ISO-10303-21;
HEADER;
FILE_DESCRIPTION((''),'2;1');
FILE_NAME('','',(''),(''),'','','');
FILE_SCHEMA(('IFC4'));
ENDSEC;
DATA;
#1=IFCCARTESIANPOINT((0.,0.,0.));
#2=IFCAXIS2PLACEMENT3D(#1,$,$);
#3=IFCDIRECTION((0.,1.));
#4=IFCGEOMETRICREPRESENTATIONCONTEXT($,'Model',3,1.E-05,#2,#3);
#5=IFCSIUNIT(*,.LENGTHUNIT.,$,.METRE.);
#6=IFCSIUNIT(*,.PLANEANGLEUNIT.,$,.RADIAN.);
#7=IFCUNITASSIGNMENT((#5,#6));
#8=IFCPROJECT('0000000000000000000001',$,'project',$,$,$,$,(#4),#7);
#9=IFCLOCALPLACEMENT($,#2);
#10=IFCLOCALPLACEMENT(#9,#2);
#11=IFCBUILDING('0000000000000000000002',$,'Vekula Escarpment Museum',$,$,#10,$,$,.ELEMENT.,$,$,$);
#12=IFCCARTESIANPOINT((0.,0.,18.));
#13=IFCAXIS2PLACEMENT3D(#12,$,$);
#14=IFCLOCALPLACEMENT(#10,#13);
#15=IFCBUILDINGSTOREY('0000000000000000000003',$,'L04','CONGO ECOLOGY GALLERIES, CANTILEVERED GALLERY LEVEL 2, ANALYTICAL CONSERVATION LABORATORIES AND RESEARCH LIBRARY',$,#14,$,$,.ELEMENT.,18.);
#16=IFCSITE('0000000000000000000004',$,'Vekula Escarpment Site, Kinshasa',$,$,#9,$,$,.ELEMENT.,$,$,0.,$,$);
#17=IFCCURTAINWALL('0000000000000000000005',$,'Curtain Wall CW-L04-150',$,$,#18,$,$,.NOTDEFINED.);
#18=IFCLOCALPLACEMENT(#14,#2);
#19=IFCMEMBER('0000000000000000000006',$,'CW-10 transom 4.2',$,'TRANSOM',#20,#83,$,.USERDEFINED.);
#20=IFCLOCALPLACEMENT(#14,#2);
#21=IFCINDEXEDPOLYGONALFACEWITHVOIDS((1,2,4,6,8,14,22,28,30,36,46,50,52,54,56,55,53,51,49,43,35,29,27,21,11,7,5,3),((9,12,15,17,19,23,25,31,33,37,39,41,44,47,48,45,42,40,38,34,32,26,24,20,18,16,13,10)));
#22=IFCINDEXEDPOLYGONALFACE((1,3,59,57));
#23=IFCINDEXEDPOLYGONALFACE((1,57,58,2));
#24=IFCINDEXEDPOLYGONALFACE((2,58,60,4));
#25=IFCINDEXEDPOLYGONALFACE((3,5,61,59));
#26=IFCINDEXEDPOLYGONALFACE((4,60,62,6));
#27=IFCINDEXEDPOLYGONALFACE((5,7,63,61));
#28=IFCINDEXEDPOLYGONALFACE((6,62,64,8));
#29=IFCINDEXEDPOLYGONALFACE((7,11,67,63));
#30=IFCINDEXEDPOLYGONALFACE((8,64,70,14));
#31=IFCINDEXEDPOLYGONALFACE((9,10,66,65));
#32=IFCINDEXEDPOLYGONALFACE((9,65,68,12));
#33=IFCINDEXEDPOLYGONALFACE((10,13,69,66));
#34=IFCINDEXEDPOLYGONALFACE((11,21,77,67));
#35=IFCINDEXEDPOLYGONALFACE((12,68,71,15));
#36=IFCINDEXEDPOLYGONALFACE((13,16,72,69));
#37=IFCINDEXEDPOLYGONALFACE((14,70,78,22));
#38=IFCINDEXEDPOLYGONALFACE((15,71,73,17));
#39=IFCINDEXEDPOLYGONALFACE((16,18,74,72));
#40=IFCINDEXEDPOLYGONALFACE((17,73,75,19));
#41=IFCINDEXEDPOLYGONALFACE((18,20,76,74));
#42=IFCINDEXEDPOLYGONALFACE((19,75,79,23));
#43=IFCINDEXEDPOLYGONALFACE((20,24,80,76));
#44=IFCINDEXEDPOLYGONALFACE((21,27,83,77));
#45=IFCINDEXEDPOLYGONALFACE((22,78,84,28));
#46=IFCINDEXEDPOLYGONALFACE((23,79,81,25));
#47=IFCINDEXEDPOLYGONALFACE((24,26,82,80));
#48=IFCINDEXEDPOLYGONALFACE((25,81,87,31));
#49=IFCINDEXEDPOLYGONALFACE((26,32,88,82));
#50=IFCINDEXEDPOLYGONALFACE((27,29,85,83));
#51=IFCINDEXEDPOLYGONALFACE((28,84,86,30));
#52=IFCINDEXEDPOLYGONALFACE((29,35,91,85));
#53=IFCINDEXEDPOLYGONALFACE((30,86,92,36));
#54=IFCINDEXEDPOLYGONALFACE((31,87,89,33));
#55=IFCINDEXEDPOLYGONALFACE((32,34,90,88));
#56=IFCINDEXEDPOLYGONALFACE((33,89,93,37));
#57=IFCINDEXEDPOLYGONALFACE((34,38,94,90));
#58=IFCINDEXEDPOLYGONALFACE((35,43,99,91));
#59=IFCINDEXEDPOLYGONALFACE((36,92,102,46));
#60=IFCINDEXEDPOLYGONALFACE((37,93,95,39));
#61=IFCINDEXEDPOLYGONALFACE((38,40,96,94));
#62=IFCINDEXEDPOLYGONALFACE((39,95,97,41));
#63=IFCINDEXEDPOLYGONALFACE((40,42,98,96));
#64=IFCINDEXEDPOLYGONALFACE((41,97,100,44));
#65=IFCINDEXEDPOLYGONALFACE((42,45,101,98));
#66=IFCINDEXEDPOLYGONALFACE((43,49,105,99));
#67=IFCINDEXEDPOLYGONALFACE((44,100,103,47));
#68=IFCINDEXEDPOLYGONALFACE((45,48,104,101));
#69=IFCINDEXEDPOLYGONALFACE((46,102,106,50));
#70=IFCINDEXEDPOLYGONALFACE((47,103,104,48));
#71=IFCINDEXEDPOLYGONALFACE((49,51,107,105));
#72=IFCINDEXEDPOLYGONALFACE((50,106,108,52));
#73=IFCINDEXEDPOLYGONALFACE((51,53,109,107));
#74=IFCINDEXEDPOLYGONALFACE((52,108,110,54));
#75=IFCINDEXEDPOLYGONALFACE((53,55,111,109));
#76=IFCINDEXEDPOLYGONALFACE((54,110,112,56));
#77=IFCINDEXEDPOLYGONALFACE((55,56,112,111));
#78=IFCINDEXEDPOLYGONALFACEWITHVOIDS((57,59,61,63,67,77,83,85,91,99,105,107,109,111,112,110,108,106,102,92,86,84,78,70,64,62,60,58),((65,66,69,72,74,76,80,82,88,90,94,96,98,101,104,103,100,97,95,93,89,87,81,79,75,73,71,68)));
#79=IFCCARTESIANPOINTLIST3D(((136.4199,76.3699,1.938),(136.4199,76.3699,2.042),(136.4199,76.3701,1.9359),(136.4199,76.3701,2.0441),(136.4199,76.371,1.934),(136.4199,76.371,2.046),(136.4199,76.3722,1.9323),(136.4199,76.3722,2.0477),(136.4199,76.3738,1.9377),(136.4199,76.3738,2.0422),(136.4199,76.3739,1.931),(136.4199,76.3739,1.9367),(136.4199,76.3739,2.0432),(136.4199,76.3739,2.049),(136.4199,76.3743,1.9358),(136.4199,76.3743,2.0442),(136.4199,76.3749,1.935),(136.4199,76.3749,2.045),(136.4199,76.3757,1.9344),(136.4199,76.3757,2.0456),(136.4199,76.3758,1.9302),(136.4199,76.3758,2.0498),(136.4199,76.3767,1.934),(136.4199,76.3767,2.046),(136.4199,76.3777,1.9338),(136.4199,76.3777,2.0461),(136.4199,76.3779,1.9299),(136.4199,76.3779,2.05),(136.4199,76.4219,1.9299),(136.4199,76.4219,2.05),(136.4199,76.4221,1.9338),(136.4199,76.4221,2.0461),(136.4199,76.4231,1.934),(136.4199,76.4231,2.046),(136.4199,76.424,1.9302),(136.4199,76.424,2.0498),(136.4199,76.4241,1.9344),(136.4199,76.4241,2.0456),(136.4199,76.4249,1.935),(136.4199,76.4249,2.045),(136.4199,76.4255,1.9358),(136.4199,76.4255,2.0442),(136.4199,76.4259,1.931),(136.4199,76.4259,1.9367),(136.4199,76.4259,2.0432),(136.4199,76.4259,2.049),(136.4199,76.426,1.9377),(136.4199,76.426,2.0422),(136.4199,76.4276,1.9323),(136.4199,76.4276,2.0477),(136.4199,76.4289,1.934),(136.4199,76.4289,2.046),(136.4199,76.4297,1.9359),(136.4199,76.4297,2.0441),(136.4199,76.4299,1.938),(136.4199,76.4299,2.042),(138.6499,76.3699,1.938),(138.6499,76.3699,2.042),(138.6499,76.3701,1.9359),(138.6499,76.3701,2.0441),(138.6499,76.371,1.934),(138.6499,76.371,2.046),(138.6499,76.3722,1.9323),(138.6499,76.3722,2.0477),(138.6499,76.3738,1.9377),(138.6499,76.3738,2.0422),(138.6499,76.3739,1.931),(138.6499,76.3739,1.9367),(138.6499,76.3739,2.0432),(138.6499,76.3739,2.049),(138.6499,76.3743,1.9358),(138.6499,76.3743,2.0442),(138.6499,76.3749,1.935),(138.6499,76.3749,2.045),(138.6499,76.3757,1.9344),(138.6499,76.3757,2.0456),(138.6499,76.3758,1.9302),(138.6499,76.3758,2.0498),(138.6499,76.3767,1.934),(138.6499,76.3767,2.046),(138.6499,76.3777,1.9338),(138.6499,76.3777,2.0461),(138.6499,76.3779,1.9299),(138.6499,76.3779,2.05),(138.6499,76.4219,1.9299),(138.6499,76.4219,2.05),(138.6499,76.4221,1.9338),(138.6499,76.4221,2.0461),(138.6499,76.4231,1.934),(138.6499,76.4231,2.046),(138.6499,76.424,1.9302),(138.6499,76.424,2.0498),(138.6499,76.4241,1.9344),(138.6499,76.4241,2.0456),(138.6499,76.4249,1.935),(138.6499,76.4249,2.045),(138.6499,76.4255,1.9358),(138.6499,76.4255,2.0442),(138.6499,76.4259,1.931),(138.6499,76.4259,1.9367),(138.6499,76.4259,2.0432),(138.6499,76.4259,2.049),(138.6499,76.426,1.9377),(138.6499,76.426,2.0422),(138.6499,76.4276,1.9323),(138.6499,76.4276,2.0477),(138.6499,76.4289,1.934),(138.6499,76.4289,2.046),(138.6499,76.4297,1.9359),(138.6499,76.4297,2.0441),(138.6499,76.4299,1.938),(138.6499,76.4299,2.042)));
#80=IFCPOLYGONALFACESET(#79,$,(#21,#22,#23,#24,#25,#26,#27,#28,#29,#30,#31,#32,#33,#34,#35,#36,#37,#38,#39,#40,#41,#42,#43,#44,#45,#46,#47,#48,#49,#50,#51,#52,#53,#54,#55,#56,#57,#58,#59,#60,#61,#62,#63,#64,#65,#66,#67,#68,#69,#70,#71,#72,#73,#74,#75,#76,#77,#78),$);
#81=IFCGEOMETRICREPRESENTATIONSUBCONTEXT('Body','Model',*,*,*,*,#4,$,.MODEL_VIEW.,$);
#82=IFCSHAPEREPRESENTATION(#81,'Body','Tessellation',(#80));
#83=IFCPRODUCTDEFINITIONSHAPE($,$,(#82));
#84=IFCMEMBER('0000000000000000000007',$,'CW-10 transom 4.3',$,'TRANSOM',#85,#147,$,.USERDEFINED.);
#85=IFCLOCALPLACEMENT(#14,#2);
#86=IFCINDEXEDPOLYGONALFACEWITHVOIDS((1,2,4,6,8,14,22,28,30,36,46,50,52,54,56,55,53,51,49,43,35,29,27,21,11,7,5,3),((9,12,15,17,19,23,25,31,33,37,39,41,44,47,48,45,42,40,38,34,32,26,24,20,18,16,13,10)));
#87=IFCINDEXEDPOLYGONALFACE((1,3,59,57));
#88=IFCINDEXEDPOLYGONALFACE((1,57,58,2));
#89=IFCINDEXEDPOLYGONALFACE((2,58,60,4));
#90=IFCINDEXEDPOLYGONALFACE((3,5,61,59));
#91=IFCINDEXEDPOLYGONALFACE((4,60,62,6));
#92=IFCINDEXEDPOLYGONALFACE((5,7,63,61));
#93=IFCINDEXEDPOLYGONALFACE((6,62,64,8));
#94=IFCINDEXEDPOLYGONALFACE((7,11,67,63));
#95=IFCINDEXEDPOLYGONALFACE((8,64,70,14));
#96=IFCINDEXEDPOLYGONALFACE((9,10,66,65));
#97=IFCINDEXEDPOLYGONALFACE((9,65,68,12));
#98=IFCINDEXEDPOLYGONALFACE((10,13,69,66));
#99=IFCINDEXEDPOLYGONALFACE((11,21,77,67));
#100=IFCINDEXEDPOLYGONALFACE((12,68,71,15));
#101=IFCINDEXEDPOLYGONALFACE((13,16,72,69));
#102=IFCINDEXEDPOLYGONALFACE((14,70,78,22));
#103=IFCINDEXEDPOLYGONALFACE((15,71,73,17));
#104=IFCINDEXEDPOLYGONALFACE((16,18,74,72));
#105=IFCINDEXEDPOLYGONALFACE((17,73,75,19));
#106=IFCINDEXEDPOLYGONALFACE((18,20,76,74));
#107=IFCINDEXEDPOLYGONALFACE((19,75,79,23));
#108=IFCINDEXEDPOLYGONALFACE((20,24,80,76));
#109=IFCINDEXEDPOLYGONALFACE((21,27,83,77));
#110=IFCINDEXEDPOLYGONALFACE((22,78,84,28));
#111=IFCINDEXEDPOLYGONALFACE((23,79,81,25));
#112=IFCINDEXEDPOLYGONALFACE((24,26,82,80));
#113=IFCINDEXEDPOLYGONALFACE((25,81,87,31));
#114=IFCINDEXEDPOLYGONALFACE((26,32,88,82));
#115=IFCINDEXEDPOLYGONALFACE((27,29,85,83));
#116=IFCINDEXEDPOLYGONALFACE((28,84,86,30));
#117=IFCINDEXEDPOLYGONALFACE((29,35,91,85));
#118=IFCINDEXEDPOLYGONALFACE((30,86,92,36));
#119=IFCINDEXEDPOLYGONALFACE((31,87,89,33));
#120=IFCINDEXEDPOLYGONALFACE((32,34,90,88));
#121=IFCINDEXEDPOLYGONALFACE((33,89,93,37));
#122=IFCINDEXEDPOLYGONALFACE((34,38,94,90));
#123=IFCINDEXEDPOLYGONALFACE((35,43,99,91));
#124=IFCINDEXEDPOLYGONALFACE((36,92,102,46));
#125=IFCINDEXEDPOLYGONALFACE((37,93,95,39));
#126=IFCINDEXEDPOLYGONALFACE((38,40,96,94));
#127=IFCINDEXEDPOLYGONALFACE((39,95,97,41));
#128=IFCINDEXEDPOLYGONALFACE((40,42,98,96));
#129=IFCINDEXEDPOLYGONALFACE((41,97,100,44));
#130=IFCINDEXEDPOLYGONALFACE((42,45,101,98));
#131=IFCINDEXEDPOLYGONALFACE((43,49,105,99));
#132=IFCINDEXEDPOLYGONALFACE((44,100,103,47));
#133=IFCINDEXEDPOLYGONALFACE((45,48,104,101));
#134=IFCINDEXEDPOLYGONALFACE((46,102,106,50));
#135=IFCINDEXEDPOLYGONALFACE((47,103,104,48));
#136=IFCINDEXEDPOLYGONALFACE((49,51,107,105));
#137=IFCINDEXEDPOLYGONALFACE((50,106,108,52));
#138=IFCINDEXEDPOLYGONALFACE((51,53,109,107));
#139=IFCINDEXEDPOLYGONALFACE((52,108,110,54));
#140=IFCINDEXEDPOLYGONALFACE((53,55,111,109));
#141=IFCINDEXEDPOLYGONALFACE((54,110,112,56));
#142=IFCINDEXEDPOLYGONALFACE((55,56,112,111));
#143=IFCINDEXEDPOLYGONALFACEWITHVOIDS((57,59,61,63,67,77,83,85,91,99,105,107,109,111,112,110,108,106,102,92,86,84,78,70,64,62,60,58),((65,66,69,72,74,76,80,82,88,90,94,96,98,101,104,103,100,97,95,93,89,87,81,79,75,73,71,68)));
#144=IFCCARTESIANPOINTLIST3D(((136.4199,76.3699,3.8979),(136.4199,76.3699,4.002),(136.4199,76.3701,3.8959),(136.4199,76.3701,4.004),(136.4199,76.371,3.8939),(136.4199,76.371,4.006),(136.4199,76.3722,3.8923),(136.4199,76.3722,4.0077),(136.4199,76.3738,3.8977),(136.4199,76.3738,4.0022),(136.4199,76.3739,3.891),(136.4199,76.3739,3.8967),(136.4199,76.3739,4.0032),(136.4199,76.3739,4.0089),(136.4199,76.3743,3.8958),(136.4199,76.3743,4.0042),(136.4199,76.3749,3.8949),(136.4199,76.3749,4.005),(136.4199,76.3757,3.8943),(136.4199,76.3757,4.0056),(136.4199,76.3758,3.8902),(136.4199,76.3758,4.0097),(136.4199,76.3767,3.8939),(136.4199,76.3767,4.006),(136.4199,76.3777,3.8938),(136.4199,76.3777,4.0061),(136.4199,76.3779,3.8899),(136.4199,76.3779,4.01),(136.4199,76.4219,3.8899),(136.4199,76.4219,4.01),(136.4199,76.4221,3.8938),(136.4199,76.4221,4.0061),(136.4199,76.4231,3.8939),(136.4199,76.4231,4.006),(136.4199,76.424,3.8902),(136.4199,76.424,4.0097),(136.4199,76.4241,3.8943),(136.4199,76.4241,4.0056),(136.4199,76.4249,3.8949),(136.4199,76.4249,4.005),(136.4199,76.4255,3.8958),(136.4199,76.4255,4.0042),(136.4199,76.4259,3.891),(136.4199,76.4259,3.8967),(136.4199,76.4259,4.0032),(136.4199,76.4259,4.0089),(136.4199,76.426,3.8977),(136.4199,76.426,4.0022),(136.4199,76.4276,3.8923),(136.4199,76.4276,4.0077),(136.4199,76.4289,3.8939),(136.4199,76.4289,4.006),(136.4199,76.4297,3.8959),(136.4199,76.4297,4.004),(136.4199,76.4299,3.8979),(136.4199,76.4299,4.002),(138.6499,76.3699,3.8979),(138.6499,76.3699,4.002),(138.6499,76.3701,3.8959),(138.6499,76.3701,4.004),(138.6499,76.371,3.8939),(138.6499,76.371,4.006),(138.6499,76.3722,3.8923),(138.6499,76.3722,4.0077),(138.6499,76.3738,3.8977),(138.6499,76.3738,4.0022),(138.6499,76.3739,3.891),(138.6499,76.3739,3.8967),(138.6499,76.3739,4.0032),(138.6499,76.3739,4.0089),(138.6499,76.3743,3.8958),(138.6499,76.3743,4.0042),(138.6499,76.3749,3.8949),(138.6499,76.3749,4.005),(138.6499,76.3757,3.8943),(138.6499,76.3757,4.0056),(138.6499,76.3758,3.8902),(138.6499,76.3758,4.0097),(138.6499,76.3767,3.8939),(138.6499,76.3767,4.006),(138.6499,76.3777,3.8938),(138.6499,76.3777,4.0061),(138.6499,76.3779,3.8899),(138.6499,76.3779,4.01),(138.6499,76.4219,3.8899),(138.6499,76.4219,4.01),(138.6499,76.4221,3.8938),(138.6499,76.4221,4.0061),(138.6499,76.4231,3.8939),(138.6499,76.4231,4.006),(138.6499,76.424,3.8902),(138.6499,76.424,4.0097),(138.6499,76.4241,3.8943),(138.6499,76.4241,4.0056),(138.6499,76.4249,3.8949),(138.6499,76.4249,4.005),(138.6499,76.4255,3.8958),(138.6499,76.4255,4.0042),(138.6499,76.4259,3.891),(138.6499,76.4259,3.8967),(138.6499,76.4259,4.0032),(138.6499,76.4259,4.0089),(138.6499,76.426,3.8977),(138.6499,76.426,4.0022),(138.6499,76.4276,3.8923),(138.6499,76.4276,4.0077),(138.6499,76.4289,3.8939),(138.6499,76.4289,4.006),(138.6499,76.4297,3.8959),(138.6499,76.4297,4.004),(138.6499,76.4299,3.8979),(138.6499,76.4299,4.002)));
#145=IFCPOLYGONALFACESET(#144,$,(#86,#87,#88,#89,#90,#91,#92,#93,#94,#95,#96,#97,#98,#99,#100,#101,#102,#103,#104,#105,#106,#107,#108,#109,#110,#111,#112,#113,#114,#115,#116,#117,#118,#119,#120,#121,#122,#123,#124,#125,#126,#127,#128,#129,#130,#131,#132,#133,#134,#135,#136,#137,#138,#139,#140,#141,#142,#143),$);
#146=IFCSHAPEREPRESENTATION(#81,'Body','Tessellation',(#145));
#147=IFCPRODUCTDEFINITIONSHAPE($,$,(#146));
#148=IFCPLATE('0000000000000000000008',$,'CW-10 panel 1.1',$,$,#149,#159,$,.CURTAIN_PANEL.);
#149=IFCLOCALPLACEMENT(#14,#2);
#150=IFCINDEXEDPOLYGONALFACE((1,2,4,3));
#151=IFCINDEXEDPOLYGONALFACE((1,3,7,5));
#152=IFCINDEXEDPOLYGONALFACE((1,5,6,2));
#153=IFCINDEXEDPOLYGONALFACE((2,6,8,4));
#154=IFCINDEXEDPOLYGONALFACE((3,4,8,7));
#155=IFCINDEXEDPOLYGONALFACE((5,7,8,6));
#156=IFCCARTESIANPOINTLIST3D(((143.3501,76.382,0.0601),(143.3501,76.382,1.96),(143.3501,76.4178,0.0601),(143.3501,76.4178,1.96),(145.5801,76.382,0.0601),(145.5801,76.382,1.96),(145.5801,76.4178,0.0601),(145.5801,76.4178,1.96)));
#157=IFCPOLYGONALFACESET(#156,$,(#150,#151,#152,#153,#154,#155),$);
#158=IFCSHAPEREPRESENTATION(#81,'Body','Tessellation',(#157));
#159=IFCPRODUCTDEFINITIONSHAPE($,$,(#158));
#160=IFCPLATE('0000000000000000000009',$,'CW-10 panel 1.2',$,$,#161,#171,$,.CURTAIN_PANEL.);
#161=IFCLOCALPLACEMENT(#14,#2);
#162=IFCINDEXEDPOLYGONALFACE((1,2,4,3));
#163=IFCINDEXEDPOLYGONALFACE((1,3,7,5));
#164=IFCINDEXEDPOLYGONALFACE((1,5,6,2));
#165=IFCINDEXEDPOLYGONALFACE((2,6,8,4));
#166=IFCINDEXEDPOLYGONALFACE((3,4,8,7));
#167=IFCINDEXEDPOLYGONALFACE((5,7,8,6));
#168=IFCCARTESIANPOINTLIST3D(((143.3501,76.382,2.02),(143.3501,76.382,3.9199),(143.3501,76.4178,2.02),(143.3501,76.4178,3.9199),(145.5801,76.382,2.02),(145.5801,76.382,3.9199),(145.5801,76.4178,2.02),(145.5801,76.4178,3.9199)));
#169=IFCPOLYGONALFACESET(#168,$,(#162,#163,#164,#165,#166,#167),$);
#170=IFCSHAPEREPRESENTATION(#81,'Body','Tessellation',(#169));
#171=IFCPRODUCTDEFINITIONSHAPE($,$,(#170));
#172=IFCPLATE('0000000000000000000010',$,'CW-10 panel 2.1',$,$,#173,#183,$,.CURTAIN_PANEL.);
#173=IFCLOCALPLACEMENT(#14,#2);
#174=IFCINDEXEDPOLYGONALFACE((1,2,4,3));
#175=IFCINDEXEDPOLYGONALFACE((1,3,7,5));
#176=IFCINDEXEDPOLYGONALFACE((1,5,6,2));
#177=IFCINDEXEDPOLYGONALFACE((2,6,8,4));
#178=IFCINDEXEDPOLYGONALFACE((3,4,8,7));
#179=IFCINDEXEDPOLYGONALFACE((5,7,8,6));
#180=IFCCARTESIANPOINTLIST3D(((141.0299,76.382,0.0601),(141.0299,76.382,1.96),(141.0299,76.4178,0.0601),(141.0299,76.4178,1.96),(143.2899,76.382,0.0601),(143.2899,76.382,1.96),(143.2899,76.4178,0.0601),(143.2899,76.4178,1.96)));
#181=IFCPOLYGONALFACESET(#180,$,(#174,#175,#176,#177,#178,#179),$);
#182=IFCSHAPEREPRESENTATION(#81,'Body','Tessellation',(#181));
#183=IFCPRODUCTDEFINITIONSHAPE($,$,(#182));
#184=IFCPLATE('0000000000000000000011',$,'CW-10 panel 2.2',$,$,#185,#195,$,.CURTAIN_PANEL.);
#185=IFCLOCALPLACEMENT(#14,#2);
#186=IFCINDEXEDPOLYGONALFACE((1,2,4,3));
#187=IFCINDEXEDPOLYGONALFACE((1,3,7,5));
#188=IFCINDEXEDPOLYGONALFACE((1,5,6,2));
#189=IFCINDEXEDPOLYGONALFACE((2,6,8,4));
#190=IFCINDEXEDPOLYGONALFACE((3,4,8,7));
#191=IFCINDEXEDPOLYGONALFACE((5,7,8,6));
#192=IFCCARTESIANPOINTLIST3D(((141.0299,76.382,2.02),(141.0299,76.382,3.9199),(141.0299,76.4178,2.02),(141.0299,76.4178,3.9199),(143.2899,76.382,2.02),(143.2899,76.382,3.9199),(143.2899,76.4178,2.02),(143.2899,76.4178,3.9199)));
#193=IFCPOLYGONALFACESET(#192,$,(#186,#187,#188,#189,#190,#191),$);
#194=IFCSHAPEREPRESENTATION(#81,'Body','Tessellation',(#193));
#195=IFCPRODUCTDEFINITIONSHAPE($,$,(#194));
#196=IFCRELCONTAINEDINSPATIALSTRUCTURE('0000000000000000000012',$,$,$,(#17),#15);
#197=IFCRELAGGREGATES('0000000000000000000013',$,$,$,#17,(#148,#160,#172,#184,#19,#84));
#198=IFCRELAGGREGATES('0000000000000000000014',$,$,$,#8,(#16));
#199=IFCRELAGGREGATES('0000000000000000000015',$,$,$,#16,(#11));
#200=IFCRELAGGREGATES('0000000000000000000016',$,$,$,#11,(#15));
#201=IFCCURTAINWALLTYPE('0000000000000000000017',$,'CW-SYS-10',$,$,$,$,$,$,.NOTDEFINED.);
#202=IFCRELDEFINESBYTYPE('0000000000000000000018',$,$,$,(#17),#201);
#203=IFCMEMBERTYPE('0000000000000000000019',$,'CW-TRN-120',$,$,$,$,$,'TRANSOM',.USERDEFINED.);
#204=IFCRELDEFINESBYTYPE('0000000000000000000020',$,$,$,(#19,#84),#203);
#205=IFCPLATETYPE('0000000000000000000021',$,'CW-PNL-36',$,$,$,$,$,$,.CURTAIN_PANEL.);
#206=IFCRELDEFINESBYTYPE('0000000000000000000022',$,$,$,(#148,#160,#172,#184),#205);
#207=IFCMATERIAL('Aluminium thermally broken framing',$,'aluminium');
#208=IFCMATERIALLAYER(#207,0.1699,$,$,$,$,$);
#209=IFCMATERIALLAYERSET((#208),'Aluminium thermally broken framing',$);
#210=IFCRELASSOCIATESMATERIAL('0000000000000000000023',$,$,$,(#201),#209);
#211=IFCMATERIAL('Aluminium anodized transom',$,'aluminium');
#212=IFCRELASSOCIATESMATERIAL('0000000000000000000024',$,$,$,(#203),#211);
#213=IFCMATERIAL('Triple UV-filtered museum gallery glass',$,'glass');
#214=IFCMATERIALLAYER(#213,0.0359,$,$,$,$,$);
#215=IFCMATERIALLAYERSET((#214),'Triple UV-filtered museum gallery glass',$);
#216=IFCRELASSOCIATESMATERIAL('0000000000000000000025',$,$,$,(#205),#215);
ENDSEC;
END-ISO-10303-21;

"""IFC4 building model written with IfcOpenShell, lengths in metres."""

from ifc_helpers import new_model, si_unit, direction, frame, origin, origin_2d, place, context, subcontext, project, spatial, rectangle, hollow_rectangle, extrude, material, layer, layer_set, material_profile, profile_set, type_object, element, aggregate, save


model = new_model("IFC4")

# Units and contexts
model_context = context("Model", 3, precision=1e-05, world=origin(), true_north=direction((0.0, 1.0)))
body_context = subcontext(model_context, "Body", "Model", "MODEL_VIEW")
ifc_project = project(units=[si_unit("LENGTHUNIT", "METRE"), si_unit("PLANEANGLEUNIT", "RADIAN")], contexts=[model_context])

# Site, building, storey
site_placement = place(None, origin())
site = spatial("IfcSite", under=ifc_project, at=site_placement, Name="Vekula Escarpment Site, Kinshasa", CompositionType="ELEMENT", RefElevation=0.0)
building_placement = place(site_placement, origin())
building = spatial("IfcBuilding", under=site, at=building_placement, Name="Vekula Escarpment Museum", CompositionType="ELEMENT")
storey_placement = place(building_placement, frame((0.0, 0.0, 18.0)))
storey = spatial("IfcBuildingStorey", under=building, at=storey_placement, Name="L04", Description="CONGO ECOLOGY GALLERIES, CANTILEVERED GALLERY LEVEL 2, ANALYTICAL CONSERVATION LABORATORIES AND RESEARCH LIBRARY", CompositionType="ELEMENT", Elevation=18.0)

# Curtain wall, members, plates
ifc_material_1 = material(Name="Aluminium thermally broken framing", Category="aluminium")
ifc_layer_1 = layer(ifc_material_1, 0.1699)
ifc_layer_set_1 = layer_set([ifc_layer_1], Name="Aluminium thermally broken framing")
curtain_wall_type = type_object("IfcCurtainWallType", Name="CW-SYS-10", PredefinedType="NOTDEFINED", material=ifc_layer_set_1)
curtain_wall_placement = place(storey_placement, origin())
curtain_wall = element("IfcCurtainWall", 1, at=curtain_wall_placement, inside=storey, type_object=curtain_wall_type, Name="Curtain Wall CW-L04-150", PredefinedType="NOTDEFINED")
ifc_material_2 = material(Name="Aluminium anodized transom", Category="aluminium")
ifc_material_profile_1 = material_profile(ifc_material_2, hollow_rectangle(XDim=0.0601, YDim=0.1201, WallThickness=0.0039, InnerFilletRadius=0.0039, OuterFilletRadius=0.0081, at=origin_2d()), Name="ALU 120x60x4")
ifc_profile_set_1 = profile_set([ifc_material_profile_1], Name="Aluminium anodized transom")
member_type_1 = type_object("IfcMemberType", Name="CW-TRN-120", ElementType="TRANSOM", PredefinedType="USERDEFINED", material=ifc_profile_set_1)
member_1_placement = place(storey_placement, frame((138.6499, 76.3999, 1.99), z_axis=(-1.0, 0.0, 0.0), x_axis=(0.0, -1.0, 0.0)))
member_1 = element("IfcMember", 2, at=member_1_placement, type_object=member_type_1, Name="CW-10 transom 4.2", ObjectType="TRANSOM", PredefinedType="USERDEFINED", context=body_context, shape_type="SweptSolid", body=[
    extrude(hollow_rectangle(XDim=0.0601, YDim=0.1201, WallThickness=0.0039, InnerFilletRadius=0.0039, OuterFilletRadius=0.0081, at=origin_2d()), origin(), (0.0, 0.0, 1.0), 2.23),
])
member_2_placement = place(storey_placement, frame((138.6499, 76.3999, 3.95), z_axis=(-1.0, 0.0, 0.0), x_axis=(0.0, -1.0, 0.0)))
member_2 = element("IfcMember", 3, at=member_2_placement, type_object=member_type_1, Name="CW-10 transom 4.3", ObjectType="TRANSOM", PredefinedType="USERDEFINED", context=body_context, shape_type="SweptSolid", body=[
    extrude(hollow_rectangle(XDim=0.0601, YDim=0.1201, WallThickness=0.0039, InnerFilletRadius=0.0039, OuterFilletRadius=0.0081, at=origin_2d()), origin(), (0.0, 0.0, 1.0), 2.23),
])
ifc_material_3 = material(Name="Triple UV-filtered museum gallery glass", Category="glass")
ifc_layer_2 = layer(ifc_material_3, 0.0359)
ifc_layer_set_2 = layer_set([ifc_layer_2], Name="Triple UV-filtered museum gallery glass")
plate_type = type_object("IfcPlateType", Name="CW-PNL-36", PredefinedType="CURTAIN_PANEL", material=ifc_layer_set_2)
plate_1_placement = place(storey_placement, frame((144.4651, 76.3999, 0.0601), z_axis=(0.0, 0.0, 1.0), x_axis=(-1.0, 0.0, 0.0)))
plate_1 = element("IfcPlate", 4, at=plate_1_placement, type_object=plate_type, Name="CW-10 panel 1.1", PredefinedType="CURTAIN_PANEL", context=body_context, shape_type="SweptSolid", body=[
    extrude(rectangle(XDim=2.23, YDim=0.0359, at=origin_2d()), origin(), (0.0, 0.0, 1.0), 1.8999),
])
plate_2_placement = place(storey_placement, frame((144.4651, 76.3999, 2.02), z_axis=(0.0, 0.0, 1.0), x_axis=(-1.0, 0.0, 0.0)))
plate_2 = element("IfcPlate", 5, at=plate_2_placement, type_object=plate_type, Name="CW-10 panel 1.2", PredefinedType="CURTAIN_PANEL", context=body_context, shape_type="SweptSolid", body=[
    extrude(rectangle(XDim=2.23, YDim=0.0359, at=origin_2d()), origin(), (0.0, 0.0, 1.0), 1.8999),
])
plate_3_placement = place(storey_placement, frame((142.1599, 76.3999, 0.0601), z_axis=(0.0, 0.0, 1.0), x_axis=(-1.0, 0.0, 0.0)))
plate_3 = element("IfcPlate", 6, at=plate_3_placement, type_object=plate_type, Name="CW-10 panel 2.1", PredefinedType="CURTAIN_PANEL", context=body_context, shape_type="SweptSolid", body=[
    extrude(rectangle(XDim=2.26, YDim=0.0359, at=origin_2d()), origin(), (0.0, 0.0, 1.0), 1.8999),
])
plate_4_placement = place(storey_placement, frame((142.1599, 76.3999, 2.02), z_axis=(0.0, 0.0, 1.0), x_axis=(-1.0, 0.0, 0.0)))
plate_4 = element("IfcPlate", 7, at=plate_4_placement, type_object=plate_type, Name="CW-10 panel 2.2", PredefinedType="CURTAIN_PANEL", context=body_context, shape_type="SweptSolid", body=[
    extrude(rectangle(XDim=2.26, YDim=0.0359, at=origin_2d()), origin(), (0.0, 0.0, 1.0), 1.8999),
])
aggregate(curtain_wall, [plate_1, plate_2, plate_3, plate_4, member_1, member_2])

save(model, "model.ifc")
